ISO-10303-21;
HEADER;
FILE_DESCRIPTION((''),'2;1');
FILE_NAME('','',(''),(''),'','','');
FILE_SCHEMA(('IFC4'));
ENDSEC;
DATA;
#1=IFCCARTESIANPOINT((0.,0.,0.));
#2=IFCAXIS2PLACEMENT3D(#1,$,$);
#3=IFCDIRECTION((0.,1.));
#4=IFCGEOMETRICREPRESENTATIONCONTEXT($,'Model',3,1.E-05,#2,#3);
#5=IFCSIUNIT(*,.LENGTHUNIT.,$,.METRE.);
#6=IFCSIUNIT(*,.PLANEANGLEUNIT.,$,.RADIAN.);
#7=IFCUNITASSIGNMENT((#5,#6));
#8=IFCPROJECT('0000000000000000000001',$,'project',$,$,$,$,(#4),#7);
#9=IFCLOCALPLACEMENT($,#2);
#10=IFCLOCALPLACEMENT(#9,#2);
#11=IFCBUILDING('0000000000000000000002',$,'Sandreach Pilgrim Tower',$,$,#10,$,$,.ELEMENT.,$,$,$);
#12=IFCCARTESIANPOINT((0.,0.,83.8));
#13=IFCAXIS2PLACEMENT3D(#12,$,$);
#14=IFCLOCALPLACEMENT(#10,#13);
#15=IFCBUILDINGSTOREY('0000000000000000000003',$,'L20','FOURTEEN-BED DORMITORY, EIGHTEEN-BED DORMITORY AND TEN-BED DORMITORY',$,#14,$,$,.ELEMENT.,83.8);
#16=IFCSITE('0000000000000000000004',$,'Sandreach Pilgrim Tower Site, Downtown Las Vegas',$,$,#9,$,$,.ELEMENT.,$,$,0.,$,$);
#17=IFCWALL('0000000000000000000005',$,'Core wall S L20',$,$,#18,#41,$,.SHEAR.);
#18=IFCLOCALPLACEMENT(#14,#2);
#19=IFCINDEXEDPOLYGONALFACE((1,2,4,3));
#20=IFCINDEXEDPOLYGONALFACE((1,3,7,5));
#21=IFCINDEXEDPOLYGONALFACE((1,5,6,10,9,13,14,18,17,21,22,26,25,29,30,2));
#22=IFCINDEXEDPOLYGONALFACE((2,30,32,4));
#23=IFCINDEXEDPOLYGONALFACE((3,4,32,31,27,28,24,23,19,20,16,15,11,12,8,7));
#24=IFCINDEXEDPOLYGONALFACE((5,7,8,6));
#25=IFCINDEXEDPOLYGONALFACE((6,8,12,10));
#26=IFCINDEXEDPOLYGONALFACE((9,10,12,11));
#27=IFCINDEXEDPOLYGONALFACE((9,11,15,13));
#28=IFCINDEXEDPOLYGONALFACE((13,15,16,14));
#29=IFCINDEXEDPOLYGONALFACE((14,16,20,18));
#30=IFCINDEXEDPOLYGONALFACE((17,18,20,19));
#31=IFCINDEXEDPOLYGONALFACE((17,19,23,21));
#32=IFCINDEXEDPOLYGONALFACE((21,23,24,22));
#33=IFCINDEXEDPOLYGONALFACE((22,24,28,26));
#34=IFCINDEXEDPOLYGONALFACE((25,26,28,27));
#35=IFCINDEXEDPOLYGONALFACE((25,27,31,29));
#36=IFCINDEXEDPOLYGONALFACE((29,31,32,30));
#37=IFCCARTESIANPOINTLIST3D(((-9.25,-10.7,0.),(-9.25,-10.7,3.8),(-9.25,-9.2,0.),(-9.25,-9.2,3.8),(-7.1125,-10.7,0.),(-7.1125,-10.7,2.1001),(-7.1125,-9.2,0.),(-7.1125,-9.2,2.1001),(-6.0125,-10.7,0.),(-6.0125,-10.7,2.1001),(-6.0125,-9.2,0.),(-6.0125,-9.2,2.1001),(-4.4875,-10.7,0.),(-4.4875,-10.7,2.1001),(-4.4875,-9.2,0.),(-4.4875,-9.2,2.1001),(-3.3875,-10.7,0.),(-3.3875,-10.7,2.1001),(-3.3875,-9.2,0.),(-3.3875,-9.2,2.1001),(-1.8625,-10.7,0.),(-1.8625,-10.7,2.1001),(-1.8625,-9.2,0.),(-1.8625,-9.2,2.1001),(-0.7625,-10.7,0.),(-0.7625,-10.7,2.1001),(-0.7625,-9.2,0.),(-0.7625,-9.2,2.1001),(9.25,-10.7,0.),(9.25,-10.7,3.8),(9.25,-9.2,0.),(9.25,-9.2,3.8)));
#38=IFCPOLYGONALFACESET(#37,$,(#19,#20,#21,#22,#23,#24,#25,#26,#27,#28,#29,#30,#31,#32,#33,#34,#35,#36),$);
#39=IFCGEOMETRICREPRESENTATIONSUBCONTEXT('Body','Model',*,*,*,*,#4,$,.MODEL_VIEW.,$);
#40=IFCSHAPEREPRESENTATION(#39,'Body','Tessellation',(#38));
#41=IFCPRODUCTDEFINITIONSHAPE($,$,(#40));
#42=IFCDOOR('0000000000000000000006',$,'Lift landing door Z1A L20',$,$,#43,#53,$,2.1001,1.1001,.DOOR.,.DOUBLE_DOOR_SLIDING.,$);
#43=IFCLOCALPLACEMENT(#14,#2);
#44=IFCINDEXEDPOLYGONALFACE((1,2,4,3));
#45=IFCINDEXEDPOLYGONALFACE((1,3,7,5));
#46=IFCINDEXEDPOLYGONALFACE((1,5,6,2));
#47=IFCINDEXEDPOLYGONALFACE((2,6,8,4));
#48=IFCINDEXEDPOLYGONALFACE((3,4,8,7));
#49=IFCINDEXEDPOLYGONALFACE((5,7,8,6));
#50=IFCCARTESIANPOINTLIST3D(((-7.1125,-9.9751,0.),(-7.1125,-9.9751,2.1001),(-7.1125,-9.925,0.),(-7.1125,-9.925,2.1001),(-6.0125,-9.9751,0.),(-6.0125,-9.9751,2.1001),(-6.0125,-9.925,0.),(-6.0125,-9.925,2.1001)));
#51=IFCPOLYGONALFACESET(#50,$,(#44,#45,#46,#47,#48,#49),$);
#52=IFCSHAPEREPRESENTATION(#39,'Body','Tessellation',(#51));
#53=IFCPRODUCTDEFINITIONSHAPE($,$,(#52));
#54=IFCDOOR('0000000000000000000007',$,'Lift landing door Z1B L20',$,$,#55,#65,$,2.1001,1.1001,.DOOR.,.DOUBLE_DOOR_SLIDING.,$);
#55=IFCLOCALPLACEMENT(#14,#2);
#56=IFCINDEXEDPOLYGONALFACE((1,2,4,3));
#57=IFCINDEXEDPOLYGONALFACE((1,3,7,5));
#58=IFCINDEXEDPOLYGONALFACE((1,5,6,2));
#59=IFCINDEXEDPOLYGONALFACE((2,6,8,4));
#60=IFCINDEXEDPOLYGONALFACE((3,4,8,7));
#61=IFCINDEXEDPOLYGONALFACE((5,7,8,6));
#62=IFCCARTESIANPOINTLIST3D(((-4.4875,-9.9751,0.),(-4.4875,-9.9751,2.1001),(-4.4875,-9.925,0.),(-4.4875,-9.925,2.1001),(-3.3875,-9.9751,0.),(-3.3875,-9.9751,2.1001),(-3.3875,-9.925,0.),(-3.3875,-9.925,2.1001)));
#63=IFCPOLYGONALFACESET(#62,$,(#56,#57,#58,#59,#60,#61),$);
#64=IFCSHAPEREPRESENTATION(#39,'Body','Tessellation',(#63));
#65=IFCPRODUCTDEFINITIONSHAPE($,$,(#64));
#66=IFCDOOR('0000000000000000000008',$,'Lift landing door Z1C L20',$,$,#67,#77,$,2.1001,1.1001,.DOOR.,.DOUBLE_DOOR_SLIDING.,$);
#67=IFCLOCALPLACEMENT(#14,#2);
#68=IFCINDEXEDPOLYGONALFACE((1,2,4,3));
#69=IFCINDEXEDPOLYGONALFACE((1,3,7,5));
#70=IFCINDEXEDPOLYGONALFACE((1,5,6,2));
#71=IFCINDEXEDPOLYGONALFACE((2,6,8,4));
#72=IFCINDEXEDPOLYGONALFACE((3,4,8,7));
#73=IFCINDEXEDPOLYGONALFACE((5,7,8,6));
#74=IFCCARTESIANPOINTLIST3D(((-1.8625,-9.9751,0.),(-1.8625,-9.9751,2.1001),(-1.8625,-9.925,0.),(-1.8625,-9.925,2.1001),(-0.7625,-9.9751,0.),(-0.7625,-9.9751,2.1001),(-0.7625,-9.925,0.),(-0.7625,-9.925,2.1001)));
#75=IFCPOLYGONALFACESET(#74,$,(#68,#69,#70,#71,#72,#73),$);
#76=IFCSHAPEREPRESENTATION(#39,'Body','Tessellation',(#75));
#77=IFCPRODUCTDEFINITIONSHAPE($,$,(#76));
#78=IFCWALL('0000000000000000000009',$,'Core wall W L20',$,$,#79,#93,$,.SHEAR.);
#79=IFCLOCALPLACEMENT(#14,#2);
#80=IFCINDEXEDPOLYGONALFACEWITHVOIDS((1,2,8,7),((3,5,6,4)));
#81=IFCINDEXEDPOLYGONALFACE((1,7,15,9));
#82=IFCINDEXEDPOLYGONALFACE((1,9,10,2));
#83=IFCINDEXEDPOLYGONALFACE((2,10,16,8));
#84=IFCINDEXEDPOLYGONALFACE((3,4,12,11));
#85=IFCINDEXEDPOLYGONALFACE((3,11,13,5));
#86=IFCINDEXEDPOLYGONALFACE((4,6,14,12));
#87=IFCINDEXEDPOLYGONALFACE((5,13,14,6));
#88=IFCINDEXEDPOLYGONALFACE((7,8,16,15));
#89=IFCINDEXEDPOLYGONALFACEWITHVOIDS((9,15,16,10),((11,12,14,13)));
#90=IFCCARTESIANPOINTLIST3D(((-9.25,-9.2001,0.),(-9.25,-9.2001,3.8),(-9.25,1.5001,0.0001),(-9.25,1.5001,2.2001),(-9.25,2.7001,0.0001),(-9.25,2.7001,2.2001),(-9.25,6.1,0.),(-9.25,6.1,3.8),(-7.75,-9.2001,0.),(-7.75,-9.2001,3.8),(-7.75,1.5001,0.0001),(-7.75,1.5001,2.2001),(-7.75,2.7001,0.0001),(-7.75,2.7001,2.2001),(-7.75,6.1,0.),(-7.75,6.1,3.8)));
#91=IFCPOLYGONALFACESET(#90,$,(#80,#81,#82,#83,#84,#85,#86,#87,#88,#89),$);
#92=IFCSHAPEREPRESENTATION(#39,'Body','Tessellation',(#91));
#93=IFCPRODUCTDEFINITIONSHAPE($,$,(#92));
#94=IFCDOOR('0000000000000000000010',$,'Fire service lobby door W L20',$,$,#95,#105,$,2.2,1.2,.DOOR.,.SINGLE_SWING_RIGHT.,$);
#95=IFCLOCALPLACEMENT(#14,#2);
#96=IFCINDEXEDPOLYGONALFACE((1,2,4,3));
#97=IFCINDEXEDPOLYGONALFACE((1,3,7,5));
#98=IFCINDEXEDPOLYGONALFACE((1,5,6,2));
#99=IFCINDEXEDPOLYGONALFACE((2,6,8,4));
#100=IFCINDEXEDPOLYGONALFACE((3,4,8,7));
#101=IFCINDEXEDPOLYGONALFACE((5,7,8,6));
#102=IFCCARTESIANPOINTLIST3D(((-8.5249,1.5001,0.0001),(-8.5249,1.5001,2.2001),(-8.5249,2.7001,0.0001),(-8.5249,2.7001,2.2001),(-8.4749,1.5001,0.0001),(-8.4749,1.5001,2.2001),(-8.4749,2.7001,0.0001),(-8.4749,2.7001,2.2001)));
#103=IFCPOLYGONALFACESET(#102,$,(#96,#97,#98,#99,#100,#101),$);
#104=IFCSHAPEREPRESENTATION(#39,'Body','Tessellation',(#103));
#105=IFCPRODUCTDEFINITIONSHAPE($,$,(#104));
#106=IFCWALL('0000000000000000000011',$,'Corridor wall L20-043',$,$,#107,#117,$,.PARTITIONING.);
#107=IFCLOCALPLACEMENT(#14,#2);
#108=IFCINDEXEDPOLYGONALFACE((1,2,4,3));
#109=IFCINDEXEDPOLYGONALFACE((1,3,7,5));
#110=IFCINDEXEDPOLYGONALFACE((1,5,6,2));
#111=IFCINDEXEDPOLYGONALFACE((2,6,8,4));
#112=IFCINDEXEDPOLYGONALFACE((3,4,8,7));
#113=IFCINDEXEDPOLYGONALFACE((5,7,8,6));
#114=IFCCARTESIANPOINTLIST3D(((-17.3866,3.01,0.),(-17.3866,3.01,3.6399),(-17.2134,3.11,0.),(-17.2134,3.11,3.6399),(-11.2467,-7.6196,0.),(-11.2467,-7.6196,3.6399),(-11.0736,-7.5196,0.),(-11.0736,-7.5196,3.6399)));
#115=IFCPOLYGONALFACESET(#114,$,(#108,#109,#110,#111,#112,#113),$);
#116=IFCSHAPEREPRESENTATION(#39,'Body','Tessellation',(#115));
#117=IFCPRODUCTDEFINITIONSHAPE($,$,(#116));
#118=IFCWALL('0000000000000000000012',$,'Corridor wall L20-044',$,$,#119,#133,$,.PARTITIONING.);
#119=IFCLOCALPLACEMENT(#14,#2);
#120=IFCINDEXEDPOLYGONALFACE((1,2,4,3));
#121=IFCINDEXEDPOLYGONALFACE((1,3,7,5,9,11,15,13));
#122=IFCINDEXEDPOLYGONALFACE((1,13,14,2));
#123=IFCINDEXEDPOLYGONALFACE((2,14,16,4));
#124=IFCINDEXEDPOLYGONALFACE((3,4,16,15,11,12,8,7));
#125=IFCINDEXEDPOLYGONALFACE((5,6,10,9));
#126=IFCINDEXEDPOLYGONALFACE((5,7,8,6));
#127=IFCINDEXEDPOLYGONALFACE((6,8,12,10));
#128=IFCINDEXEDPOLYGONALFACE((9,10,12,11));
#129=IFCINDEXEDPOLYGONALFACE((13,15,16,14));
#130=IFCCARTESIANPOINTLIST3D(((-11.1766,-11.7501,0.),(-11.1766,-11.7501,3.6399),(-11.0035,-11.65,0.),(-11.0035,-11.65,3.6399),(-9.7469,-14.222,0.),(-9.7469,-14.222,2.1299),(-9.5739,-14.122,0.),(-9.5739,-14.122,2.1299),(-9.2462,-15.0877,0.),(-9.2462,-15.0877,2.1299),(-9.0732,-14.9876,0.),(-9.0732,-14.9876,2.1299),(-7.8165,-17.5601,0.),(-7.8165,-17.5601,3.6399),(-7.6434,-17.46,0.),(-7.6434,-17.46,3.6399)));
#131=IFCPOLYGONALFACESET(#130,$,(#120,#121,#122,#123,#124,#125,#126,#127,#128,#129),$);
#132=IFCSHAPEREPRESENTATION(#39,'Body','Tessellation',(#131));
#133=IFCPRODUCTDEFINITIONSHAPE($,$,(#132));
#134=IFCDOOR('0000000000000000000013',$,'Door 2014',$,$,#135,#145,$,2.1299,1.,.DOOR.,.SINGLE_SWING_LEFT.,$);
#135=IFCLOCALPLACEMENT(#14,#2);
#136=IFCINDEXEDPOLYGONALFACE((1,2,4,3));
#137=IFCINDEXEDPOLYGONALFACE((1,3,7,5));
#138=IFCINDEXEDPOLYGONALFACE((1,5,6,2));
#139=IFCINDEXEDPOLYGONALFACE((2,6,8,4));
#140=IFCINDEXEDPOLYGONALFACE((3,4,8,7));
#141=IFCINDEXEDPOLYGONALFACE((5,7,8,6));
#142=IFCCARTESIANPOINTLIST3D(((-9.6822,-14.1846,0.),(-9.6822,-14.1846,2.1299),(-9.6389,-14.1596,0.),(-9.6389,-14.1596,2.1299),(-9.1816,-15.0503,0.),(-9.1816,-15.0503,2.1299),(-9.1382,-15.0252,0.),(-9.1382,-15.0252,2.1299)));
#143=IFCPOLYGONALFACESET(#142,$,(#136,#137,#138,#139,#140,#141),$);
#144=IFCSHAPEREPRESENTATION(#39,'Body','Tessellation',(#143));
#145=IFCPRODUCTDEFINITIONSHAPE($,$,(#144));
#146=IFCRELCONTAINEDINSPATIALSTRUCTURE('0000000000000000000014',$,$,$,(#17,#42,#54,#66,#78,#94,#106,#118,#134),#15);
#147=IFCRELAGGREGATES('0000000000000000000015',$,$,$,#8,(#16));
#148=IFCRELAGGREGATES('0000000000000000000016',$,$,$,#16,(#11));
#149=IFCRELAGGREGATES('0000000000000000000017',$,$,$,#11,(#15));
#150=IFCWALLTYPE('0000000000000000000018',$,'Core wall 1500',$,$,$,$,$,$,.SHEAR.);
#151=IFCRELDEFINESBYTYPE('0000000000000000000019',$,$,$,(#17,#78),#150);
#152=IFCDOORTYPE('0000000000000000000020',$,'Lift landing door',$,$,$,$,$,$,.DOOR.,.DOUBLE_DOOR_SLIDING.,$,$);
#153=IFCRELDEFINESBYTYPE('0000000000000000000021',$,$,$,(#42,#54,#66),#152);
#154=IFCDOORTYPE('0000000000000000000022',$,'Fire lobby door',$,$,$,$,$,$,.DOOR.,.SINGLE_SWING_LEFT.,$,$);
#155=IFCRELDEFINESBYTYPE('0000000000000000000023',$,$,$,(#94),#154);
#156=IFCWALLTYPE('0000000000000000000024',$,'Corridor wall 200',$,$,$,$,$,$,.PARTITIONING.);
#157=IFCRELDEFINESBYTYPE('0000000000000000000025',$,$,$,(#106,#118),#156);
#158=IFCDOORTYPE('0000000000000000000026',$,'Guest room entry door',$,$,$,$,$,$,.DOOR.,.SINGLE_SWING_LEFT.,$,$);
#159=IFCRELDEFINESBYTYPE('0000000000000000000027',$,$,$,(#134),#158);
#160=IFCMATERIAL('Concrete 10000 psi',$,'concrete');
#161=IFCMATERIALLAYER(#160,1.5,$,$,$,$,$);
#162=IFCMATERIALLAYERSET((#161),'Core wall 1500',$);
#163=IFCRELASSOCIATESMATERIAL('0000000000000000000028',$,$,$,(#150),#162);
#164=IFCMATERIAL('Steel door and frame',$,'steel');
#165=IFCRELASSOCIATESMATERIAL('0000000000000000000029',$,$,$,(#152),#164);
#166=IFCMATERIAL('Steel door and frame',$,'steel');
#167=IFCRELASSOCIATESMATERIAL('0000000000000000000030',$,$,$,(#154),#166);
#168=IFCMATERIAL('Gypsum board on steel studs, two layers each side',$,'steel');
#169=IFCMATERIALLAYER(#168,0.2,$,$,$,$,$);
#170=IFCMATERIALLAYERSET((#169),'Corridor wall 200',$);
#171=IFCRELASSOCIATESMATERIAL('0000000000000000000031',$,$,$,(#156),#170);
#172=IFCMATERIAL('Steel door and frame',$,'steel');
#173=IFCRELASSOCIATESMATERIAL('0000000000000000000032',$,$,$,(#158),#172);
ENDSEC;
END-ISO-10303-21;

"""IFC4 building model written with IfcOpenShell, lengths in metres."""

from ifc_helpers import new_model, si_unit, direction, frame, frame_2d, origin, place, context, subcontext, project, spatial, rectangle, extrude, material, layer, layer_set, type_object, element, fill, save


model = new_model("IFC4")

# Units and contexts
model_context = context("Model", 3, precision=1e-05, world=origin(), true_north=direction((0.0, 1.0)))
body_context = subcontext(model_context, "Body", "Model", "MODEL_VIEW")
ifc_project = project(units=[si_unit("LENGTHUNIT", "METRE"), si_unit("PLANEANGLEUNIT", "RADIAN")], contexts=[model_context])

# Site, building, storey
site_placement = place(None, origin())
site = spatial("IfcSite", under=ifc_project, at=site_placement, Name="Sandreach Pilgrim Tower Site, Downtown Las Vegas", CompositionType="ELEMENT", RefElevation=0.0)
building_placement = place(site_placement, origin())
building = spatial("IfcBuilding", under=site, at=building_placement, Name="Sandreach Pilgrim Tower", CompositionType="ELEMENT")
storey_placement = place(building_placement, frame((0.0, 0.0, 83.8)))
storey = spatial("IfcBuildingStorey", under=building, at=storey_placement, Name="L20", Description="FOURTEEN-BED DORMITORY, EIGHTEEN-BED DORMITORY AND TEN-BED DORMITORY", CompositionType="ELEMENT", Elevation=83.8)

# Wall, openings, doors
ifc_material_1 = material(Name="Concrete 10000 psi", Category="concrete")
ifc_layer_1 = layer(ifc_material_1, 1.5)
ifc_layer_set_1 = layer_set([ifc_layer_1], Name="Core wall 1500")
wall_type_1 = type_object("IfcWallType", Name="Core wall 1500", PredefinedType="SHEAR", material=ifc_layer_set_1)
wall_1_placement = place(storey_placement, frame((-9.25, -9.95, 0.0), z_axis=(0.0, 0.0, 1.0), x_axis=(1.0, 0.0, 0.0)))
wall_1 = element("IfcWall", 1, at=wall_1_placement, inside=storey, type_object=wall_type_1, Name="Core wall S L20", PredefinedType="SHEAR", context=body_context, shape_type="SweptSolid", body=[
    extrude(rectangle(XDim=18.5, YDim=1.5, at=frame_2d((9.25, 0.0))), origin(), (0.0, 0.0, 1.0), 3.8),
])
opening_1_placement = place(wall_1_placement, frame((2.1375, 0.0, 0.0)))
opening_1 = element("IfcOpeningElement", 2, at=opening_1_placement, cuts=wall_1, PredefinedType="OPENING", context=body_context, shape_type="SweptSolid", body=[
    extrude(rectangle(XDim=1.1001, YDim=2.1001, at=frame_2d((0.55, 1.05))), frame((0.0, 0.75, 0.0), z_axis=(0.0, -1.0, 0.0), x_axis=(1.0, 0.0, 0.0)), (0.0, 0.0, 1.0), 1.5),
])
opening_2_placement = place(wall_1_placement, frame((4.7625, 0.0, 0.0)))
opening_2 = element("IfcOpeningElement", 3, at=opening_2_placement, cuts=wall_1, PredefinedType="OPENING", context=body_context, shape_type="SweptSolid", body=[
    extrude(rectangle(XDim=1.1001, YDim=2.1001, at=frame_2d((0.55, 1.05))), frame((0.0, 0.75, 0.0), z_axis=(0.0, -1.0, 0.0), x_axis=(1.0, 0.0, 0.0)), (0.0, 0.0, 1.0), 1.5),
])
opening_3_placement = place(wall_1_placement, frame((7.3875, 0.0, 0.0)))
opening_3 = element("IfcOpeningElement", 4, at=opening_3_placement, cuts=wall_1, PredefinedType="OPENING", context=body_context, shape_type="SweptSolid", body=[
    extrude(rectangle(XDim=1.1001, YDim=2.1001, at=frame_2d((0.55, 1.05))), frame((0.0, 0.75, 0.0), z_axis=(0.0, -1.0, 0.0), x_axis=(1.0, 0.0, 0.0)), (0.0, 0.0, 1.0), 1.5),
])
ifc_material_2 = material(Name="Steel door and frame", Category="steel")
door_type_1 = type_object("IfcDoorType", Name="Lift landing door", OperationType="DOUBLE_DOOR_SLIDING", PredefinedType="DOOR", material=ifc_material_2)
door_1_placement = place(opening_1_placement, origin())
door_1 = element("IfcDoor", 5, at=door_1_placement, inside=storey, type_object=door_type_1, Name="Lift landing door Z1A L20", OperationType="DOUBLE_DOOR_SLIDING", OverallHeight=2.1001, OverallWidth=1.1001, PredefinedType="DOOR", context=body_context, shape_type="SweptSolid", body=[
    extrude(rectangle(XDim=1.1001, YDim=2.1001, at=frame_2d((0.55, 1.05))), frame((0.0, 0.0249, 0.0), z_axis=(0.0, -1.0, 0.0), x_axis=(1.0, 0.0, 0.0)), (0.0, 0.0, 1.0), 0.05),
])
fill(opening_1, door_1)
door_2_placement = place(opening_2_placement, origin())
door_2 = element("IfcDoor", 6, at=door_2_placement, inside=storey, type_object=door_type_1, Name="Lift landing door Z1B L20", OperationType="DOUBLE_DOOR_SLIDING", OverallHeight=2.1001, OverallWidth=1.1001, PredefinedType="DOOR", context=body_context, shape_type="SweptSolid", body=[
    extrude(rectangle(XDim=1.1001, YDim=2.1001, at=frame_2d((0.55, 1.05))), frame((0.0, 0.0249, 0.0), z_axis=(0.0, -1.0, 0.0), x_axis=(1.0, 0.0, 0.0)), (0.0, 0.0, 1.0), 0.05),
])
fill(opening_2, door_2)
door_3_placement = place(opening_3_placement, origin())
door_3 = element("IfcDoor", 7, at=door_3_placement, inside=storey, type_object=door_type_1, Name="Lift landing door Z1C L20", OperationType="DOUBLE_DOOR_SLIDING", OverallHeight=2.1001, OverallWidth=1.1001, PredefinedType="DOOR", context=body_context, shape_type="SweptSolid", body=[
    extrude(rectangle(XDim=1.1001, YDim=2.1001, at=frame_2d((0.55, 1.05))), frame((0.0, 0.0249, 0.0), z_axis=(0.0, -1.0, 0.0), x_axis=(1.0, 0.0, 0.0)), (0.0, 0.0, 1.0), 0.05),
])
fill(opening_3, door_3)

# Wall, opening, door
wall_2_placement = place(storey_placement, frame((-8.5, -9.2, 0.0), z_axis=(0.0, 0.0, 1.0), x_axis=(0.0, 1.0, 0.0)))
wall_2 = element("IfcWall", 8, at=wall_2_placement, inside=storey, type_object=wall_type_1, Name="Core wall W L20", PredefinedType="SHEAR", context=body_context, shape_type="SweptSolid", body=[
    extrude(rectangle(XDim=15.3, YDim=1.5, at=frame_2d((7.6499, 0.0))), origin(), (0.0, 0.0, 1.0), 3.8),
])
opening_4_placement = place(wall_2_placement, frame((10.7, 0.0, 0.0)))
opening_4 = element("IfcOpeningElement", 9, at=opening_4_placement, cuts=wall_2, PredefinedType="OPENING", context=body_context, shape_type="SweptSolid", body=[
    extrude(rectangle(XDim=1.2, YDim=2.2, at=frame_2d((0.6001, 1.1001))), frame((0.0, 0.75, 0.0), z_axis=(0.0, -1.0, 0.0), x_axis=(1.0, 0.0, 0.0)), (0.0, 0.0, 1.0), 1.5),
])
ifc_material_3 = material(Name="Steel door and frame", Category="steel")
door_type_2 = type_object("IfcDoorType", Name="Fire lobby door", OperationType="SINGLE_SWING_LEFT", PredefinedType="DOOR", material=ifc_material_3)
door_4_placement = place(opening_4_placement, origin())
door_4 = element("IfcDoor", 10, at=door_4_placement, inside=storey, type_object=door_type_2, Name="Fire service lobby door W L20", OperationType="SINGLE_SWING_RIGHT", OverallHeight=2.2, OverallWidth=1.2, PredefinedType="DOOR", context=body_context, shape_type="SweptSolid", body=[
    extrude(rectangle(XDim=1.2, YDim=2.2, at=frame_2d((0.6001, 1.1001))), frame((0.0, 0.0249, 0.0), z_axis=(0.0, -1.0, 0.0), x_axis=(1.0, 0.0, 0.0)), (0.0, 0.0, 1.0), 0.05),
])
fill(opening_4, door_4)
ifc_material_4 = material(Name="Gypsum board on steel studs, two layers each side", Category="steel")
ifc_layer_2 = layer(ifc_material_4, 0.2)
ifc_layer_set_2 = layer_set([ifc_layer_2], Name="Corridor wall 200")
wall_type_2 = type_object("IfcWallType", Name="Corridor wall 200", PredefinedType="PARTITIONING", material=ifc_layer_set_2)
ifc_material_5 = material(Name="Steel door and frame", Category="steel")
door_type_3 = type_object("IfcDoorType", Name="Guest room entry door", OperationType="SINGLE_SWING_LEFT", PredefinedType="DOOR", material=ifc_material_5)

# Wall
wall_3_placement = place(storey_placement, frame((-11.1602, -7.5696, 0.0), z_axis=(0.0, 0.0, 1.0), x_axis=(-0.500175, 0.865924, 0.0)))
element("IfcWall", 11, at=wall_3_placement, inside=storey, type_object=wall_type_2, Name="Corridor wall L20-043", PredefinedType="PARTITIONING", context=body_context, shape_type="SweptSolid", body=[
    extrude(rectangle(XDim=12.2754, YDim=0.2, at=frame_2d((6.1377, 0.0))), origin(), (0.0, 0.0, 1.0), 3.6399),
])

# Wall, opening, door
wall_4_placement = place(storey_placement, frame((-11.0901, -11.7, 0.0), z_axis=(0.0, 0.0, 1.0), x_axis=(0.500633, -0.865659, 0.0)))
wall_4 = element("IfcWall", 12, at=wall_4_placement, inside=storey, type_object=wall_type_2, Name="Corridor wall L20-044", PredefinedType="PARTITIONING", context=body_context, shape_type="SweptSolid", body=[
    extrude(rectangle(XDim=6.7117, YDim=0.2, at=frame_2d((3.356, 0.0))), origin(), (0.0, 0.0, 1.0), 3.6399),
])
opening_5_placement = place(wall_4_placement, frame((2.8557, 0.0, 0.0)))
opening_5 = element("IfcOpeningElement", 13, at=opening_5_placement, cuts=wall_4, PredefinedType="OPENING", context=body_context, shape_type="SweptSolid", body=[
    extrude(rectangle(XDim=1.0, YDim=2.1299, at=frame_2d((0.5, 1.0649))), frame((0.0, 0.1001, 0.0), z_axis=(0.0, -1.0, 0.0), x_axis=(1.0, 0.0, 0.0)), (0.0, 0.0, 1.0), 0.2),
])
door_5_placement = place(opening_5_placement, origin())
door_5 = element("IfcDoor", 14, at=door_5_placement, inside=storey, type_object=door_type_3, Name="Door 2014", OperationType="SINGLE_SWING_LEFT", OverallHeight=2.1299, OverallWidth=1.0, PredefinedType="DOOR", context=body_context, shape_type="SweptSolid", body=[
    extrude(rectangle(XDim=1.0, YDim=2.1299, at=frame_2d((0.5, 1.0649))), frame((0.0, 0.0249, 0.0), z_axis=(0.0, -1.0, 0.0), x_axis=(1.0, 0.0, 0.0)), (0.0, 0.0, 1.0), 0.05),
])
fill(opening_5, door_5)

save(model, "model.ifc")
